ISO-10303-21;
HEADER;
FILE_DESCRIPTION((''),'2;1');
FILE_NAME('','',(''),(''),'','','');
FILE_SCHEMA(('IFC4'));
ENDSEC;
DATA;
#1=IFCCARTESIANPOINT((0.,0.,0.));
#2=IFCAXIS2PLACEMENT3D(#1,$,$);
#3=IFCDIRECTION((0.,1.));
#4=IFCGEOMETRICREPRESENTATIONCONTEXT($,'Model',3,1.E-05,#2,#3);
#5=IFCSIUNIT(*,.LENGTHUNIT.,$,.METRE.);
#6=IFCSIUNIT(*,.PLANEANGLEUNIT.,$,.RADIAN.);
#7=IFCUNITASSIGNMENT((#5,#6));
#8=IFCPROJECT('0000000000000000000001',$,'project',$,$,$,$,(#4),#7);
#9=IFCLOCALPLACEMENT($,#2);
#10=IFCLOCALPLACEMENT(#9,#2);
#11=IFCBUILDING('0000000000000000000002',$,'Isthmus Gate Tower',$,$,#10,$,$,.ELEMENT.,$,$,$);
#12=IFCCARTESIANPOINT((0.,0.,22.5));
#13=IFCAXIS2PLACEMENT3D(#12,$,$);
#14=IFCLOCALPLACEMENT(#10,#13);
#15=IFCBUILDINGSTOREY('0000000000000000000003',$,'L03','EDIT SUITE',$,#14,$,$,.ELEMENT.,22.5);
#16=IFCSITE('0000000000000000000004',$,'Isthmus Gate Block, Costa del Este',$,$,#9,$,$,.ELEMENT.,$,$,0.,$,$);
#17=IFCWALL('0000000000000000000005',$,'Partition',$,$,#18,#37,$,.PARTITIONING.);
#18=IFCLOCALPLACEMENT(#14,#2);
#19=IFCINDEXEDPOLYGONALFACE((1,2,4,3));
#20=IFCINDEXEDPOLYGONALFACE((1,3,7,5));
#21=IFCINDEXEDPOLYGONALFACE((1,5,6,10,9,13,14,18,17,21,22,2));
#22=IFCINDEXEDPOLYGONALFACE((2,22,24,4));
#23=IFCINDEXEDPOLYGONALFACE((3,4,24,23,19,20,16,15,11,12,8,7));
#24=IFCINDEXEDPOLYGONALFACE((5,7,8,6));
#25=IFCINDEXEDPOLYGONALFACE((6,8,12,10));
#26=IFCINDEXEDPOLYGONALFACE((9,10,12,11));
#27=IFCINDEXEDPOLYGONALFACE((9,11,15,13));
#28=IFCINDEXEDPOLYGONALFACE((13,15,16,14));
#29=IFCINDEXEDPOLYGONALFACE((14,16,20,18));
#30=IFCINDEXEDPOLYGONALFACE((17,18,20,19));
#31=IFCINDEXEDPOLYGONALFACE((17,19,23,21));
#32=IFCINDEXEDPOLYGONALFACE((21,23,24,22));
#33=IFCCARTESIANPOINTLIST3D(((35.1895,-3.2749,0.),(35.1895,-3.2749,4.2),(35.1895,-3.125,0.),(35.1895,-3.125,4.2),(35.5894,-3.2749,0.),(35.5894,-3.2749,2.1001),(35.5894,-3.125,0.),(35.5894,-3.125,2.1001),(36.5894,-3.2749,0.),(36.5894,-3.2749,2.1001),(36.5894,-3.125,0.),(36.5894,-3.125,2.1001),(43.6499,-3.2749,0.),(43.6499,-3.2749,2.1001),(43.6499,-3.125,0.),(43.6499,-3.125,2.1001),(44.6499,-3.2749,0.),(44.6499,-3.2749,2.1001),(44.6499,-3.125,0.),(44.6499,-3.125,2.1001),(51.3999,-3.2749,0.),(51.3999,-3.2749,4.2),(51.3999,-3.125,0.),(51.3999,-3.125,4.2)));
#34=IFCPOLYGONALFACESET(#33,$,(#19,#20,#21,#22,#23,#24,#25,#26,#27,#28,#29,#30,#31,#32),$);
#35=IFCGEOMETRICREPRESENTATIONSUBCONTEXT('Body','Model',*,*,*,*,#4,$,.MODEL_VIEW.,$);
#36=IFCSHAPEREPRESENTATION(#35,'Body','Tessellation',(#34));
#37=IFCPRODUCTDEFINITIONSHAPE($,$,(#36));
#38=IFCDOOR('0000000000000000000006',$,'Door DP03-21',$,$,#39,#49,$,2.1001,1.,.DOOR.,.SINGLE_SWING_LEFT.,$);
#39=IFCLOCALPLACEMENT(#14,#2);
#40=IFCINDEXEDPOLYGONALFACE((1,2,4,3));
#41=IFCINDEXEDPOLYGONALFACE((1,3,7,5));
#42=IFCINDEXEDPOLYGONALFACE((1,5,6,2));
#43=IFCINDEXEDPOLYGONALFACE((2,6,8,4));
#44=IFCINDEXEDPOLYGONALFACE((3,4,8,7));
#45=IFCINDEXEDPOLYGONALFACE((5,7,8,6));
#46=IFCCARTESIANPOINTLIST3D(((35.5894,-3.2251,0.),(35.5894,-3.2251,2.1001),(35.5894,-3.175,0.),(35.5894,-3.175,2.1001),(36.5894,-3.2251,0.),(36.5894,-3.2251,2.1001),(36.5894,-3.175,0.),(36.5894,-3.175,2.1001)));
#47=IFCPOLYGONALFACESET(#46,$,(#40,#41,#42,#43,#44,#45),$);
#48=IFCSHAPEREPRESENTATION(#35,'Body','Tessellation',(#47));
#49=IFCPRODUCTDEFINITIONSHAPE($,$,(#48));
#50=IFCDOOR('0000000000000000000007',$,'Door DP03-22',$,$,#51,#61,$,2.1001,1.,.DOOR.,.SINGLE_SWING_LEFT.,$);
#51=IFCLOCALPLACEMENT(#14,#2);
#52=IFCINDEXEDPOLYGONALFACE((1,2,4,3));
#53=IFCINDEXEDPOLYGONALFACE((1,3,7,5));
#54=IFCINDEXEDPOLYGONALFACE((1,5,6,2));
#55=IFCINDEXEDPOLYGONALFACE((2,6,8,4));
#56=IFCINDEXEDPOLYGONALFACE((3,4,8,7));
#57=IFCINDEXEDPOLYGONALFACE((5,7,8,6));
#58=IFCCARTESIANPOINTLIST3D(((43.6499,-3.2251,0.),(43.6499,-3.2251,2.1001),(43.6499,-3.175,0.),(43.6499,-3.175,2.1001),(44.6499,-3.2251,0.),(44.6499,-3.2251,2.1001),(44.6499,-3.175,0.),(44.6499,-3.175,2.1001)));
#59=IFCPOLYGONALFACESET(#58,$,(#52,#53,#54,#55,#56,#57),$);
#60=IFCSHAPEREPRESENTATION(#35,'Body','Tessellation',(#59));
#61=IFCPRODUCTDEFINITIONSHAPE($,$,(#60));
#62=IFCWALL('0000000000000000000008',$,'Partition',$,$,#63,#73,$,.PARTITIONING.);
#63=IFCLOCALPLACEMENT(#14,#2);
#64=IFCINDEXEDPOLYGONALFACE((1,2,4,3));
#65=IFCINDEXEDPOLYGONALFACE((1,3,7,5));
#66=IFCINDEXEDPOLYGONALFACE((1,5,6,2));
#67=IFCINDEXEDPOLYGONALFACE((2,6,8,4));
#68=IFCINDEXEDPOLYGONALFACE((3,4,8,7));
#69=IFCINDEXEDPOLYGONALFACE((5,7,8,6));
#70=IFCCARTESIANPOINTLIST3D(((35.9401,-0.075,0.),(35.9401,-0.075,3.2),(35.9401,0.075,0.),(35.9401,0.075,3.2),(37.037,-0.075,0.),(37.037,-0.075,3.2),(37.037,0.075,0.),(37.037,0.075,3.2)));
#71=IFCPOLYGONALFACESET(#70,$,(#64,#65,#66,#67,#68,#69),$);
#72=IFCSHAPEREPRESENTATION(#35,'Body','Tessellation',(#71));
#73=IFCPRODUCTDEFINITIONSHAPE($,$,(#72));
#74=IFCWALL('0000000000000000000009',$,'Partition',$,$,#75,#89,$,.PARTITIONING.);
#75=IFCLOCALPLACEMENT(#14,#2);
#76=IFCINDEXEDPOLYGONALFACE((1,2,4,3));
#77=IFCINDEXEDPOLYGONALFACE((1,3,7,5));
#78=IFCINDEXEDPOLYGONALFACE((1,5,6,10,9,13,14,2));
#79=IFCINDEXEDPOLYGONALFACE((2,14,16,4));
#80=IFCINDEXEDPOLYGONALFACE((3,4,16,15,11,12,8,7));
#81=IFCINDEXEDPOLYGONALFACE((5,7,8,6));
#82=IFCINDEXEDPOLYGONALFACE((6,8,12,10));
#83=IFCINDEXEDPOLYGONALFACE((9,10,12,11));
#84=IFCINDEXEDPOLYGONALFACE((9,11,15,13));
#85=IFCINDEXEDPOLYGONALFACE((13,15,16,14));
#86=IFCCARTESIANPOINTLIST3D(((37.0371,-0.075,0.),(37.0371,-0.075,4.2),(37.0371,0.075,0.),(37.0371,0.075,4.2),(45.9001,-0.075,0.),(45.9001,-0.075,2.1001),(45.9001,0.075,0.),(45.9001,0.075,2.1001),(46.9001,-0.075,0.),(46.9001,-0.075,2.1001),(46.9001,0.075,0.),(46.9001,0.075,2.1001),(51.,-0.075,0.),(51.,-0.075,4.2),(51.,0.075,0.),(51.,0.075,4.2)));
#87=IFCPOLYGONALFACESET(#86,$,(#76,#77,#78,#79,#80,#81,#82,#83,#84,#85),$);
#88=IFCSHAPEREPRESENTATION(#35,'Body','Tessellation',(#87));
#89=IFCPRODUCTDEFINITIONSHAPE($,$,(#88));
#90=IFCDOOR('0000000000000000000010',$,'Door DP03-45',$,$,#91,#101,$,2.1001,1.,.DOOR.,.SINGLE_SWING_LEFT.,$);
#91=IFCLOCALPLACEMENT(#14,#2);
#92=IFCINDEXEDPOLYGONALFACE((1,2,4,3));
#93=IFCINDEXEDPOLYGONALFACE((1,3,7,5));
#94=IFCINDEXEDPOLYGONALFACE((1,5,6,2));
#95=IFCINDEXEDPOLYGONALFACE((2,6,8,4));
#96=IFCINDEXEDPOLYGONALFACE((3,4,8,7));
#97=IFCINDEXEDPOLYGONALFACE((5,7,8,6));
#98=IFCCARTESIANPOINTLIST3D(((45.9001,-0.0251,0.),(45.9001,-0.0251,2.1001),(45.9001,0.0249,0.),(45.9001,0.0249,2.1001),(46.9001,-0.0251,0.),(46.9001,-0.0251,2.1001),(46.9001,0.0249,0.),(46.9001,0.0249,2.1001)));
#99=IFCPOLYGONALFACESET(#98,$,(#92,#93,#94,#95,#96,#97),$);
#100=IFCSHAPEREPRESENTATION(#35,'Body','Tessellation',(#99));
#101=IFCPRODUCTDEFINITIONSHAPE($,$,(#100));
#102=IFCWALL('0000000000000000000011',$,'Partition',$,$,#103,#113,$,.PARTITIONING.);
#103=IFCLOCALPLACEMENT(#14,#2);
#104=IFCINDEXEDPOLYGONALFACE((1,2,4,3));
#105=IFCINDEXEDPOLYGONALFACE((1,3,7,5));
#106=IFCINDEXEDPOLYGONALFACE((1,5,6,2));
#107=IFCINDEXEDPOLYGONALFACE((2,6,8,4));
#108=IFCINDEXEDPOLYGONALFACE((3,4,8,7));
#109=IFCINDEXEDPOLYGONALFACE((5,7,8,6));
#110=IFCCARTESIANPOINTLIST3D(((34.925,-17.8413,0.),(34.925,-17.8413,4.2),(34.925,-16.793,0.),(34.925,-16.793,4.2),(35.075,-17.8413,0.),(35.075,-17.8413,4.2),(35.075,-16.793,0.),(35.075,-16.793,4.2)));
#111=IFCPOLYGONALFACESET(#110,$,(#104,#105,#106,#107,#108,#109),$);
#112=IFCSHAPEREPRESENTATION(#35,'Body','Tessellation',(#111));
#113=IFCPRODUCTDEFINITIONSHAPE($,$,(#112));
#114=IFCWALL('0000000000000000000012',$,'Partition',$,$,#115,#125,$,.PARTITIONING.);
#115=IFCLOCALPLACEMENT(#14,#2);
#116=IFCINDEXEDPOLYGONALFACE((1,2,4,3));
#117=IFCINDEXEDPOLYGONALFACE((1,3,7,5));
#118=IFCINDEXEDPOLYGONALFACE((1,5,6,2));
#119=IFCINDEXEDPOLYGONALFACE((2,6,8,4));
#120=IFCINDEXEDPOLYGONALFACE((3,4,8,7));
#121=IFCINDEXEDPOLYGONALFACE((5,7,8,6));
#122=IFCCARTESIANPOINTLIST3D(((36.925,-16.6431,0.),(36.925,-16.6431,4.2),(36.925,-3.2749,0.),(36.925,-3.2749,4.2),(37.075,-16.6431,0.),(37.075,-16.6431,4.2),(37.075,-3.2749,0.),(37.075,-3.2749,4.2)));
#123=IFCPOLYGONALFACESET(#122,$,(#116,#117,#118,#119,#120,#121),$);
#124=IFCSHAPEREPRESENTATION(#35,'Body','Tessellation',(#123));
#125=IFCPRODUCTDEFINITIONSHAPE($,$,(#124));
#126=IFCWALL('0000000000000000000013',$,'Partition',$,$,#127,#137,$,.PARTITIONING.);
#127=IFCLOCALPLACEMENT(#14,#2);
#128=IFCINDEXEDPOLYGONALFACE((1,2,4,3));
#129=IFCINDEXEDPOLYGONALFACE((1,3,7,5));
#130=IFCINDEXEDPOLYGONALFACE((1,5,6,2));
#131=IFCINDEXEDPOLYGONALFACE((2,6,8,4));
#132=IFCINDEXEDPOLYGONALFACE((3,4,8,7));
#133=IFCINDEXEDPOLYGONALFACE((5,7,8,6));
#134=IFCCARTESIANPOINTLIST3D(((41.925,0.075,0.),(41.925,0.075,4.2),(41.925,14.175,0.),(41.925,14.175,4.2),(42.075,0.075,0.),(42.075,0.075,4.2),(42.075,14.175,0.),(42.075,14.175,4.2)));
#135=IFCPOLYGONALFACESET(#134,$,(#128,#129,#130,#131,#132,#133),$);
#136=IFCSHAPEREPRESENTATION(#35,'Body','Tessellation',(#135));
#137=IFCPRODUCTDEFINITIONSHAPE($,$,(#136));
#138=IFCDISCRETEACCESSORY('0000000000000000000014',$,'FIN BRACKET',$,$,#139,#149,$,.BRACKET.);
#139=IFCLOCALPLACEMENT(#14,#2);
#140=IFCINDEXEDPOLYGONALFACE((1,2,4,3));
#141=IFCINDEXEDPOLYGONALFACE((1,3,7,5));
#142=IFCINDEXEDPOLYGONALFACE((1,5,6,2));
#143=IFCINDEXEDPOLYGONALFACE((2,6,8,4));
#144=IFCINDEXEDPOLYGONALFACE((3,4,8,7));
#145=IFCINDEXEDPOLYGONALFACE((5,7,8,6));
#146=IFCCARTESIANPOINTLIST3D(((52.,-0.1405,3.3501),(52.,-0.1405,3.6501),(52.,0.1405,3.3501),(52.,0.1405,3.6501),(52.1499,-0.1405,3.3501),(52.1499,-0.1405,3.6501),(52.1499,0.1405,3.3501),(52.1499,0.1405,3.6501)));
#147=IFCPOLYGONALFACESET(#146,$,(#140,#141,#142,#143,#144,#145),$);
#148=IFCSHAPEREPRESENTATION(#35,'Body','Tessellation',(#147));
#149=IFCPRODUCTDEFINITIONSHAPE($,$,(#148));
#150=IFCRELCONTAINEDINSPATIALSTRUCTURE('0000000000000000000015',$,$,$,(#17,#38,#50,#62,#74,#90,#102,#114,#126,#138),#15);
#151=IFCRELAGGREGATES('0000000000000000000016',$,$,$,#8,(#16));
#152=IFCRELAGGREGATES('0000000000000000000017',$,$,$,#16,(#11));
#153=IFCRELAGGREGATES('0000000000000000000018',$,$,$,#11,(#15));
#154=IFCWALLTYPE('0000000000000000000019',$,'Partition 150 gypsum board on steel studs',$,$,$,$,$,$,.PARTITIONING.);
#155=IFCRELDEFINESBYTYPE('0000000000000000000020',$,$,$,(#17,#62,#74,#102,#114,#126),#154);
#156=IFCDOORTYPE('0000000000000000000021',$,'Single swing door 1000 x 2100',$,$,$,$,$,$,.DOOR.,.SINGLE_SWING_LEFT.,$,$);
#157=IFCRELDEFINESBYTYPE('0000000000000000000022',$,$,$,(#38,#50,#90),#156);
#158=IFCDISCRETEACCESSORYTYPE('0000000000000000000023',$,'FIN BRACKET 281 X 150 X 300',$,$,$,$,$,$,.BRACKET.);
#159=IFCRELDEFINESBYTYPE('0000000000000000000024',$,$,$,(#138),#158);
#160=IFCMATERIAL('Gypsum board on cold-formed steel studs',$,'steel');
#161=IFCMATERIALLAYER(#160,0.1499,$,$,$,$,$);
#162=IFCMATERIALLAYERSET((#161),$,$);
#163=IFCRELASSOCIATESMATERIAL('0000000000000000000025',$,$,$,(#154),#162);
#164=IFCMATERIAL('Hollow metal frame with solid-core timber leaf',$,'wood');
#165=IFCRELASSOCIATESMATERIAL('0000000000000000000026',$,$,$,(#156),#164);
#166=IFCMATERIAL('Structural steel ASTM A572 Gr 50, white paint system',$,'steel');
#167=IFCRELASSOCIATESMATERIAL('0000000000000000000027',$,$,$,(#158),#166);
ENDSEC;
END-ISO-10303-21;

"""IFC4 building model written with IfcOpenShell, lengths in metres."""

from ifc_helpers import new_model, si_unit, direction, frame, frame_2d, origin, origin_2d, place, context, subcontext, project, spatial, rectangle, extrude, material, layer, layer_set, type_object, element, fill, save


model = new_model("IFC4")

# Units and contexts
model_context = context("Model", 3, precision=1e-05, world=origin(), true_north=direction((0.0, 1.0)))
body_context = subcontext(model_context, "Body", "Model", "MODEL_VIEW")
ifc_project = project(units=[si_unit("LENGTHUNIT", "METRE"), si_unit("PLANEANGLEUNIT", "RADIAN")], contexts=[model_context])

# Site, building, storey
site_placement = place(None, origin())
site = spatial("IfcSite", under=ifc_project, at=site_placement, Name="Isthmus Gate Block, Costa del Este", CompositionType="ELEMENT", RefElevation=0.0)
building_placement = place(site_placement, origin())
building = spatial("IfcBuilding", under=site, at=building_placement, Name="Isthmus Gate Tower", CompositionType="ELEMENT")
storey_placement = place(building_placement, frame((0.0, 0.0, 22.5)))
storey = spatial("IfcBuildingStorey", under=building, at=storey_placement, Name="L03", Description="EDIT SUITE", CompositionType="ELEMENT", Elevation=22.5)

# Shared definitions
ifc_material_1 = material(Name="Gypsum board on cold-formed steel studs", Category="steel")
ifc_layer_1 = layer(ifc_material_1, 0.1499)
ifc_layer_set_1 = layer_set([ifc_layer_1])
wall_type_1 = type_object("IfcWallType", Name="Partition 150 gypsum board on steel studs", PredefinedType="PARTITIONING", material=ifc_layer_set_1)

# Wall, openings, doors
wall_1_placement = place(storey_placement, frame((35.1895, -3.2, 0.0), z_axis=(0.0, 0.0, 1.0), x_axis=(1.0, 0.0, 0.0)))
wall_1 = element("IfcWall", 1, at=wall_1_placement, inside=storey, type_object=wall_type_1, Name="Partition", PredefinedType="PARTITIONING", context=body_context, shape_type="SweptSolid", body=[
    extrude(rectangle(XDim=16.2104, YDim=0.1499, at=frame_2d((8.1052, 0.0))), origin(), (0.0, 0.0, 1.0), 4.2),
])
opening_1_placement = place(wall_1_placement, frame((0.3999, 0.0, 0.0)))
opening_1 = element("IfcOpeningElement", 2, at=opening_1_placement, cuts=wall_1, PredefinedType="OPENING", context=body_context, shape_type="SweptSolid", body=[
    extrude(rectangle(XDim=1.0, YDim=2.1001, at=frame_2d((0.5, 1.05))), frame((0.0, 0.085, 0.0), z_axis=(0.0, -1.0, 0.0), x_axis=(1.0, 0.0, 0.0)), (0.0, 0.0, 1.0), 0.1699),
])
opening_2_placement = place(wall_1_placement, frame((8.4604, 0.0, 0.0)))
opening_2 = element("IfcOpeningElement", 3, at=opening_2_placement, cuts=wall_1, PredefinedType="OPENING", context=body_context, shape_type="SweptSolid", body=[
    extrude(rectangle(XDim=1.0, YDim=2.1001, at=frame_2d((0.5, 1.05))), frame((0.0, 0.085, 0.0), z_axis=(0.0, -1.0, 0.0), x_axis=(1.0, 0.0, 0.0)), (0.0, 0.0, 1.0), 0.1699),
])
ifc_material_2 = material(Name="Hollow metal frame with solid-core timber leaf", Category="wood")
door_type = type_object("IfcDoorType", Name="Single swing door 1000 x 2100", OperationType="SINGLE_SWING_LEFT", PredefinedType="DOOR", material=ifc_material_2)
door_1_placement = place(opening_1_placement, origin())
door_1 = element("IfcDoor", 4, at=door_1_placement, inside=storey, type_object=door_type, Name="Door DP03-21", OperationType="SINGLE_SWING_LEFT", OverallHeight=2.1001, OverallWidth=1.0, PredefinedType="DOOR", context=body_context, shape_type="SweptSolid", body=[
    extrude(rectangle(XDim=1.0, YDim=2.1001, at=frame_2d((0.5, 1.05))), frame((0.0, 0.0249, 0.0), z_axis=(0.0, -1.0, 0.0), x_axis=(1.0, 0.0, 0.0)), (0.0, 0.0, 1.0), 0.05),
])
fill(opening_1, door_1)
door_2_placement = place(opening_2_placement, origin())
door_2 = element("IfcDoor", 5, at=door_2_placement, inside=storey, type_object=door_type, Name="Door DP03-22", OperationType="SINGLE_SWING_LEFT", OverallHeight=2.1001, OverallWidth=1.0, PredefinedType="DOOR", context=body_context, shape_type="SweptSolid", body=[
    extrude(rectangle(XDim=1.0, YDim=2.1001, at=frame_2d((0.5, 1.05))), frame((0.0, 0.0249, 0.0), z_axis=(0.0, -1.0, 0.0), x_axis=(1.0, 0.0, 0.0)), (0.0, 0.0, 1.0), 0.05),
])
fill(opening_2, door_2)

# Wall
wall_2_placement = place(storey_placement, frame((35.9402, 0.0, 0.0), z_axis=(0.0, 0.0, 1.0), x_axis=(1.0, 0.0, 0.0)))
element("IfcWall", 6, at=wall_2_placement, inside=storey, type_object=wall_type_1, Name="Partition", PredefinedType="PARTITIONING", context=body_context, shape_type="SweptSolid", body=[
    extrude(rectangle(XDim=1.0969, YDim=0.1499, at=frame_2d((0.5483, 0.0))), origin(), (0.0, 0.0, 1.0), 3.2),
])

# Wall, opening, door
wall_3_placement = place(storey_placement, frame((37.0371, 0.0, 0.0), z_axis=(0.0, 0.0, 1.0), x_axis=(1.0, 0.0, 0.0)))
wall_3 = element("IfcWall", 7, at=wall_3_placement, inside=storey, type_object=wall_type_1, Name="Partition", PredefinedType="PARTITIONING", context=body_context, shape_type="SweptSolid", body=[
    extrude(rectangle(XDim=13.9629, YDim=0.1499, at=frame_2d((6.9814, 0.0))), origin(), (0.0, 0.0, 1.0), 4.2),
])
opening_3_placement = place(wall_3_placement, frame((8.863, 0.0, 0.0)))
opening_3 = element("IfcOpeningElement", 8, at=opening_3_placement, cuts=wall_3, PredefinedType="OPENING", context=body_context, shape_type="SweptSolid", body=[
    extrude(rectangle(XDim=1.0, YDim=2.1001, at=frame_2d((0.5, 1.05))), frame((0.0, 0.085, 0.0), z_axis=(0.0, -1.0, 0.0), x_axis=(1.0, 0.0, 0.0)), (0.0, 0.0, 1.0), 0.1699),
])
door_3_placement = place(opening_3_placement, origin())
door_3 = element("IfcDoor", 9, at=door_3_placement, inside=storey, type_object=door_type, Name="Door DP03-45", OperationType="SINGLE_SWING_LEFT", OverallHeight=2.1001, OverallWidth=1.0, PredefinedType="DOOR", context=body_context, shape_type="SweptSolid", body=[
    extrude(rectangle(XDim=1.0, YDim=2.1001, at=frame_2d((0.5, 1.05))), frame((0.0, 0.0249, 0.0), z_axis=(0.0, -1.0, 0.0), x_axis=(1.0, 0.0, 0.0)), (0.0, 0.0, 1.0), 0.05),
])
fill(opening_3, door_3)

# Walls
wall_4_placement = place(storey_placement, frame((35.0, -17.8413, 0.0), z_axis=(0.0, 0.0, 1.0), x_axis=(0.0, 1.0, 0.0)))
element("IfcWall", 10, at=wall_4_placement, inside=storey, type_object=wall_type_1, Name="Partition", PredefinedType="PARTITIONING", context=body_context, shape_type="SweptSolid", body=[
    extrude(rectangle(XDim=1.0483, YDim=0.1499, at=frame_2d((0.5242, 0.0))), origin(), (0.0, 0.0, 1.0), 4.2),
])
wall_5_placement = place(storey_placement, frame((37.0, -16.6431, 0.0), z_axis=(0.0, 0.0, 1.0), x_axis=(0.0, 1.0, 0.0)))
element("IfcWall", 11, at=wall_5_placement, inside=storey, type_object=wall_type_1, Name="Partition", PredefinedType="PARTITIONING", context=body_context, shape_type="SweptSolid", body=[
    extrude(rectangle(XDim=13.3682, YDim=0.1499, at=frame_2d((6.6841, 0.0))), origin(), (0.0, 0.0, 1.0), 4.2),
])
wall_6_placement = place(storey_placement, frame((42.0, 0.075, 0.0), z_axis=(0.0, 0.0, 1.0), x_axis=(0.0, 1.0, 0.0)))
element("IfcWall", 12, at=wall_6_placement, inside=storey, type_object=wall_type_1, Name="Partition", PredefinedType="PARTITIONING", context=body_context, shape_type="SweptSolid", body=[
    extrude(rectangle(XDim=14.1001, YDim=0.1499, at=frame_2d((7.05, 0.0))), origin(), (0.0, 0.0, 1.0), 4.2),
])

# Discrete accessory
ifc_material_3 = material(Name="Structural steel ASTM A572 Gr 50, white paint system", Category="steel")
discrete_accessory_type = type_object("IfcDiscreteAccessoryType", Name="FIN BRACKET 281 X 150 X 300", PredefinedType="BRACKET", material=ifc_material_3)
discrete_accessory_placement = place(storey_placement, frame((52.075, 0.0, 3.3501), z_axis=(0.0, 0.0, 1.0), x_axis=(1.0, 0.0, 0.0)))
element("IfcDiscreteAccessory", 13, at=discrete_accessory_placement, inside=storey, type_object=discrete_accessory_type, Name="FIN BRACKET", PredefinedType="BRACKET", context=body_context, shape_type="SweptSolid", body=[
    extrude(rectangle(XDim=0.1499, YDim=0.281, at=origin_2d()), origin(), (0.0, 0.0, 1.0), 0.3),
])

save(model, "model.ifc")
